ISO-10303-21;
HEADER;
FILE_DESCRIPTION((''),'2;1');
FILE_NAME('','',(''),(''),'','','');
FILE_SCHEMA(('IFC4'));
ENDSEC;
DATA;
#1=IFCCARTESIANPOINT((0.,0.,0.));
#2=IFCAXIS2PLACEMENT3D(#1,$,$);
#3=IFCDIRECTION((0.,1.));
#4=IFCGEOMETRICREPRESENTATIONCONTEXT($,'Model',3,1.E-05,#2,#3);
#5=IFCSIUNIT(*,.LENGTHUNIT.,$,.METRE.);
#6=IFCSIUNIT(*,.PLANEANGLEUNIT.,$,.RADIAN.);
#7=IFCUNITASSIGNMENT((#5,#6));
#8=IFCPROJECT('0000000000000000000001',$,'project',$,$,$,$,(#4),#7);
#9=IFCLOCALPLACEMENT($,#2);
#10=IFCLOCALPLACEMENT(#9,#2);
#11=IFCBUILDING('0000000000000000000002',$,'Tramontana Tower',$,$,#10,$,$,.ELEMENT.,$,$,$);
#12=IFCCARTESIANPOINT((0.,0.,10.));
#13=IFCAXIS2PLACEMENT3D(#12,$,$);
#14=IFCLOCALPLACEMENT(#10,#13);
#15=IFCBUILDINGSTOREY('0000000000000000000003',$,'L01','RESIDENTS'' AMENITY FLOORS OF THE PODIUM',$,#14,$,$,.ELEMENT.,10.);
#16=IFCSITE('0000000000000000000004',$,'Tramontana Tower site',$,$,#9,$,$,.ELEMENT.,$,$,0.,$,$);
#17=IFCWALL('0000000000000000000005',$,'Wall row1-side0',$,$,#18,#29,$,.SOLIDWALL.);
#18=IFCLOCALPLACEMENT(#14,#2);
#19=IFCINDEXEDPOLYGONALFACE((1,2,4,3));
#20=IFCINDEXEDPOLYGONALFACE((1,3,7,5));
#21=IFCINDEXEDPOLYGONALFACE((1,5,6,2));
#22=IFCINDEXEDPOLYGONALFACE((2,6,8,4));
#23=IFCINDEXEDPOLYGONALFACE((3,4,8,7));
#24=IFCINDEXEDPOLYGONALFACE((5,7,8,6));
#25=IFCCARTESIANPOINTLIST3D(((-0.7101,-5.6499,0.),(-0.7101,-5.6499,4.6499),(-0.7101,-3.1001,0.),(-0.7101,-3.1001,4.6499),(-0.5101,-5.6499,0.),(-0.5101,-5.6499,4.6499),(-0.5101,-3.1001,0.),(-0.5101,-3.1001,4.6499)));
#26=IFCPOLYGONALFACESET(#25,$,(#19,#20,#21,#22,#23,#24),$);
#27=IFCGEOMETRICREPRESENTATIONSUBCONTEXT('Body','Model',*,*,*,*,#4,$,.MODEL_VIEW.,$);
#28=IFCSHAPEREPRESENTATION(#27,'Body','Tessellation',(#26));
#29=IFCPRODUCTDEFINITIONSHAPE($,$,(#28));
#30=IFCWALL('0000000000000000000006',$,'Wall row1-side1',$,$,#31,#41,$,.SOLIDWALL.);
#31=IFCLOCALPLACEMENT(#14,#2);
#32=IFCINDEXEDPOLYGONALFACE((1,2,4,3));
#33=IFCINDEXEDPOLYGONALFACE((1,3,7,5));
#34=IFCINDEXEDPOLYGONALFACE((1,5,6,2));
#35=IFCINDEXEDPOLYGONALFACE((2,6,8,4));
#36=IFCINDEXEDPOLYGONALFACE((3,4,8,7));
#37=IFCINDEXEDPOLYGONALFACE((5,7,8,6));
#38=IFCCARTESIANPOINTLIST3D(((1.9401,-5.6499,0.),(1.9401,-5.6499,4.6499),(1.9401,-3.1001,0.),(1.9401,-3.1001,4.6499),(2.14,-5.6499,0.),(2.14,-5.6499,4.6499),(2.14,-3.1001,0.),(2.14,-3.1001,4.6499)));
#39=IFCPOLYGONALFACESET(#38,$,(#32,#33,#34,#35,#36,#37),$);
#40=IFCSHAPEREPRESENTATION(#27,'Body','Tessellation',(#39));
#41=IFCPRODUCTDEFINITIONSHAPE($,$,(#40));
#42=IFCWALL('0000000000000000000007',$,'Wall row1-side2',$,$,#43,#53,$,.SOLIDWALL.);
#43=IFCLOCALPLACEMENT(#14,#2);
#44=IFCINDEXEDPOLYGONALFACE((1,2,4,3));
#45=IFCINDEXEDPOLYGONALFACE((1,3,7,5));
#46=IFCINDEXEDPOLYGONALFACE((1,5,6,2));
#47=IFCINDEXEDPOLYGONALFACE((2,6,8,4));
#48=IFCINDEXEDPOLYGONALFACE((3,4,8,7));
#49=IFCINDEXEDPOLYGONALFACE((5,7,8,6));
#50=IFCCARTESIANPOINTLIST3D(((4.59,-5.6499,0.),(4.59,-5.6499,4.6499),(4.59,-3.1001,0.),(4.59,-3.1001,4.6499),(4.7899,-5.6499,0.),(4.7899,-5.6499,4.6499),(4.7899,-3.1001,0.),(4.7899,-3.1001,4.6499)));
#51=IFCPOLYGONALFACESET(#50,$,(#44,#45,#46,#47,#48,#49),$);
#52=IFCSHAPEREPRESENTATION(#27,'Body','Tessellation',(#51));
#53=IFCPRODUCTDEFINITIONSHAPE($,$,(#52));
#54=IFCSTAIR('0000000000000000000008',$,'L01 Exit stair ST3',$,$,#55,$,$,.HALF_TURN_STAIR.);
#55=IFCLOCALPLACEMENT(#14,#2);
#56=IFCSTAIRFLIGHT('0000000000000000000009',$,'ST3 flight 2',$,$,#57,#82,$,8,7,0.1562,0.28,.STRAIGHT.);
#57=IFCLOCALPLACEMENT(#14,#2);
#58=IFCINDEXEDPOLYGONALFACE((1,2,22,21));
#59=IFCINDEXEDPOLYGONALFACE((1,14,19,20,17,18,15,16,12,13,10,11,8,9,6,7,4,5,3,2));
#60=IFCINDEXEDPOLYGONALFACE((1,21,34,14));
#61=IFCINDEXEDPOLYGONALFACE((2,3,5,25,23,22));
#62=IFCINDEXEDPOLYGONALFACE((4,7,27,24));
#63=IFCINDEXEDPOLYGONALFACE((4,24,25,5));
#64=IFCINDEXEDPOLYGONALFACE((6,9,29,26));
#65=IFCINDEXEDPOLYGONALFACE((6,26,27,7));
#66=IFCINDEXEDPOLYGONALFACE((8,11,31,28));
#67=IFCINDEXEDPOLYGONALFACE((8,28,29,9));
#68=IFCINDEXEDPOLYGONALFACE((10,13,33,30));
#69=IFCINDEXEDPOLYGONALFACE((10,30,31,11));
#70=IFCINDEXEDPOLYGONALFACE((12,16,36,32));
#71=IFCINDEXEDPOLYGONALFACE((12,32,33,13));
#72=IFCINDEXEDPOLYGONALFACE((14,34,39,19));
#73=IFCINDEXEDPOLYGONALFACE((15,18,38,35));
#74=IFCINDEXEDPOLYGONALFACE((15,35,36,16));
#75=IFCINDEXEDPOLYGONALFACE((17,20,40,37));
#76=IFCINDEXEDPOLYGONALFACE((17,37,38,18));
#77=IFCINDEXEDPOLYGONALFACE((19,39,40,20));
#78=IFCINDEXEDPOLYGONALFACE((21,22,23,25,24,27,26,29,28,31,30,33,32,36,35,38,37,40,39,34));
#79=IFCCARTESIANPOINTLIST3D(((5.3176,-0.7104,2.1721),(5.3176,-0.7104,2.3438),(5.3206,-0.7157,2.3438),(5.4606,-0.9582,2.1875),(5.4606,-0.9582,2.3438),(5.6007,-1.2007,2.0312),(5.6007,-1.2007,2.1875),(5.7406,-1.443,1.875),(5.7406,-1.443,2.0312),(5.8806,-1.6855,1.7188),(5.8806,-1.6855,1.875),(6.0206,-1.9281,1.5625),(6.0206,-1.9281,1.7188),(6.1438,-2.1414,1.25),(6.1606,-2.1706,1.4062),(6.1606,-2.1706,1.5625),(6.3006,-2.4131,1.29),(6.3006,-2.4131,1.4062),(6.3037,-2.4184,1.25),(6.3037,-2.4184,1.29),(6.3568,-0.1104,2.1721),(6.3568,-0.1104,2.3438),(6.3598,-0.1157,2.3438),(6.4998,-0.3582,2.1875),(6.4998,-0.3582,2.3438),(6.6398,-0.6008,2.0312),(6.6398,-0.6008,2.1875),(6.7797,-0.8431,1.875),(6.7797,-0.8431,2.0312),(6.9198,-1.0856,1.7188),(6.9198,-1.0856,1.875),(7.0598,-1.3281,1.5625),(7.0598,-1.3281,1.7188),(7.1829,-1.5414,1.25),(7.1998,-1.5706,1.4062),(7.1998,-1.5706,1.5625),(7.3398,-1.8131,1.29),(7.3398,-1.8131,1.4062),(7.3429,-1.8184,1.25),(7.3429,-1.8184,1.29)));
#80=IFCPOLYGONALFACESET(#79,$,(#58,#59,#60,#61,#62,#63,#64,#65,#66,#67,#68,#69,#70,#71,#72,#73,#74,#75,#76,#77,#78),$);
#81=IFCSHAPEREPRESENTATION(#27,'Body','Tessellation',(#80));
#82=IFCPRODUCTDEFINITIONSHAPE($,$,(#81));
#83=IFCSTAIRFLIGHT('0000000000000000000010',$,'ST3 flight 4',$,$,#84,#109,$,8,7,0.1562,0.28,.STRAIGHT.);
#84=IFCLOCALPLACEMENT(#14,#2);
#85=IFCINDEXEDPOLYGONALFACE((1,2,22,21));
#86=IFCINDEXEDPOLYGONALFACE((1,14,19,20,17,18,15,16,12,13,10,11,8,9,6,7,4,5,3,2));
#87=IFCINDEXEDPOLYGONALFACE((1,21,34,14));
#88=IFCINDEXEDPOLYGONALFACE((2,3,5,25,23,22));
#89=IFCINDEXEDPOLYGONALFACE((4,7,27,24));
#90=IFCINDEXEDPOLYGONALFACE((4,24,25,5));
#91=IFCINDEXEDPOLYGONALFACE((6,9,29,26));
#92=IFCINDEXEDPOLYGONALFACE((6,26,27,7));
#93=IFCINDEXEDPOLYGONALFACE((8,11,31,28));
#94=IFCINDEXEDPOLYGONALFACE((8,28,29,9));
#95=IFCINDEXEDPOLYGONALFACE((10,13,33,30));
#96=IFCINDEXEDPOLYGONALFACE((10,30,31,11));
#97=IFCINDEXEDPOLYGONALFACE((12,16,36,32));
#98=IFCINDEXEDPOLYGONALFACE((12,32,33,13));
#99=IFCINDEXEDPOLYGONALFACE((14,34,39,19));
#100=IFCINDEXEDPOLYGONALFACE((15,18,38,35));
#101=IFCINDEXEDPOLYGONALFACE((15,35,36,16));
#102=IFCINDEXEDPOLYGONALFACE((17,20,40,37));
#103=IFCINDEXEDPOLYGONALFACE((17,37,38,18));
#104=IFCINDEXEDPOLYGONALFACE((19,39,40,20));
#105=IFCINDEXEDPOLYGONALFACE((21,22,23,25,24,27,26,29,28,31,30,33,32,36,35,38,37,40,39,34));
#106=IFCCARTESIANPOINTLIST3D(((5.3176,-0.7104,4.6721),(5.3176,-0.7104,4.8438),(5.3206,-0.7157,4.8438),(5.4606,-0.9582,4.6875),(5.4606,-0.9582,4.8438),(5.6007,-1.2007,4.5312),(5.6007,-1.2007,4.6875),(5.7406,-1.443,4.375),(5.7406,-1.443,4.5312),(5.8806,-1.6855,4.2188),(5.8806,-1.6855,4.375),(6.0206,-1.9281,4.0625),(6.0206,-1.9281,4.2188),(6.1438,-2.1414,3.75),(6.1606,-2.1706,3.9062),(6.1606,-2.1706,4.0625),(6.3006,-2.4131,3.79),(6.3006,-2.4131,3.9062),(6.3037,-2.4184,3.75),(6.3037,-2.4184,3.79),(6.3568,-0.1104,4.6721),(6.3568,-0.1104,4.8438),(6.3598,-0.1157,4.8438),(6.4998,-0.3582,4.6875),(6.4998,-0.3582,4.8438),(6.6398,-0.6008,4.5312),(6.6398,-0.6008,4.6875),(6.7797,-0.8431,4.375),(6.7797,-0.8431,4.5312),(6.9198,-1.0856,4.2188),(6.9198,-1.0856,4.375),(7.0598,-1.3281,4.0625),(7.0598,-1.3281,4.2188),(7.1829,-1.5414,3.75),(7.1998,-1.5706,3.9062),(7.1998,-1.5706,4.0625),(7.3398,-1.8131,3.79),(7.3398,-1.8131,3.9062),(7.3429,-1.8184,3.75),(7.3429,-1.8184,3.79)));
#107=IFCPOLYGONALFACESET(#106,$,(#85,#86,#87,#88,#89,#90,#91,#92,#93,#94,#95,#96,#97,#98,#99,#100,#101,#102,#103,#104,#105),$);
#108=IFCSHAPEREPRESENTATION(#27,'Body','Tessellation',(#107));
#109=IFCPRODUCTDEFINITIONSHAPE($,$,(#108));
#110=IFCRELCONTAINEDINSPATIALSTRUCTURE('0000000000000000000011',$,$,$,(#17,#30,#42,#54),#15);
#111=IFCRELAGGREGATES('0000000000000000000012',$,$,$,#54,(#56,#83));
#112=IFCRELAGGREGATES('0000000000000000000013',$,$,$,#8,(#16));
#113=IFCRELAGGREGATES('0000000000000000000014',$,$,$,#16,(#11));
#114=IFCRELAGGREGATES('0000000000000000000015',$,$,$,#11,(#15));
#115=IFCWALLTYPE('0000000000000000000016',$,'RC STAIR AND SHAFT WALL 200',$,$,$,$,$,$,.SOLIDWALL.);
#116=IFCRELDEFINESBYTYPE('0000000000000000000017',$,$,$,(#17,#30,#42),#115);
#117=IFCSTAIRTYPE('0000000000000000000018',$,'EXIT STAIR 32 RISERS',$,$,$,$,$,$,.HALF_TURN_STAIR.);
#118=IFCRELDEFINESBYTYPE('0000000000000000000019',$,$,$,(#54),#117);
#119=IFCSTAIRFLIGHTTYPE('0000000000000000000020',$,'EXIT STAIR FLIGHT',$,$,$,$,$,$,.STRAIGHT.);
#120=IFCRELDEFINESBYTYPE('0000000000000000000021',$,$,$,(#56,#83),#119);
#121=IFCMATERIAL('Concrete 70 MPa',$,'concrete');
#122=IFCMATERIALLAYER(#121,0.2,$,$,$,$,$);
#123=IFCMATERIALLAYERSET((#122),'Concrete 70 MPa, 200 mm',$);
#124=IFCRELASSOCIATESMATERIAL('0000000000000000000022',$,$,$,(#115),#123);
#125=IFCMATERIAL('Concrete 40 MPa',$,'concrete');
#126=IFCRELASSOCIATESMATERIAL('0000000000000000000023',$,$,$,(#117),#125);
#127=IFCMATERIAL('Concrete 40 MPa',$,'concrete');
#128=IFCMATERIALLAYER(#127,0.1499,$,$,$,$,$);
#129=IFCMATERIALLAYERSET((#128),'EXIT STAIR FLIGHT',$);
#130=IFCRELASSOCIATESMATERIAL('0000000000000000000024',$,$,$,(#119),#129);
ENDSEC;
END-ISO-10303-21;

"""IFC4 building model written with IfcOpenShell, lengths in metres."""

from ifc_helpers import new_model, si_unit, direction, frame, frame_2d, origin, place, context, subcontext, project, spatial, polyline, rectangle, outline, extrude, material, layer, layer_set, type_object, element, aggregate, save


model = new_model("IFC4")

# Units and contexts
model_context = context("Model", 3, precision=1e-05, world=origin(), true_north=direction((0.0, 1.0)))
body_context = subcontext(model_context, "Body", "Model", "MODEL_VIEW")
ifc_project = project(units=[si_unit("LENGTHUNIT", "METRE"), si_unit("PLANEANGLEUNIT", "RADIAN")], contexts=[model_context])

# Site, building, storey
site_placement = place(None, origin())
site = spatial("IfcSite", under=ifc_project, at=site_placement, Name="Tramontana Tower site", CompositionType="ELEMENT", RefElevation=0.0)
building_placement = place(site_placement, origin())
building = spatial("IfcBuilding", under=site, at=building_placement, Name="Tramontana Tower", CompositionType="ELEMENT")
storey_placement = place(building_placement, frame((0.0, 0.0, 10.0)))
storey = spatial("IfcBuildingStorey", under=building, at=storey_placement, Name="L01", Description="RESIDENTS' AMENITY FLOORS OF THE PODIUM", CompositionType="ELEMENT", Elevation=10.0)

# Shared definitions
ifc_material_1 = material(Name="Concrete 70 MPa", Category="concrete")
ifc_layer_1 = layer(ifc_material_1, 0.2)
ifc_layer_set_1 = layer_set([ifc_layer_1], Name="Concrete 70 MPa, 200 mm")
wall_type_1 = type_object("IfcWallType", Name="RC STAIR AND SHAFT WALL 200", PredefinedType="SOLIDWALL", material=ifc_layer_set_1)

# Walls
for number, where, z_axis, x_axis, name in (
    (1, (-0.6101, -3.1001, 0.0), (0.0, 0.0, 1.0), (0.0, -1.0, 0.0), "Wall row1-side0"),
    (2, (2.04, -3.1001, 0.0), (0.0, 0.0, 1.0), (0.0, -1.0, 0.0), "Wall row1-side1"),
    (3, (4.6899, -3.1001, 0.0), (0.0, 0.0, 1.0), (0.0, -1.0, 0.0), "Wall row1-side2"),
):
    element("IfcWall", number, at=place(storey_placement, frame(where, z_axis=z_axis, x_axis=x_axis)), inside=storey, type_object=wall_type_1, Name=name, PredefinedType="SOLIDWALL", context=body_context, shape_type="SweptSolid", body=[
        extrude(rectangle(XDim=2.5498, YDim=0.2, at=frame_2d((1.2749, 0.0))), origin(), (0.0, 0.0, 1.0), 4.6499),
    ])

# Stair, stair flights
ifc_material_2 = material(Name="Concrete 40 MPa", Category="concrete")
stair_type = type_object("IfcStairType", Name="EXIT STAIR 32 RISERS", PredefinedType="HALF_TURN_STAIR", material=ifc_material_2)
stair_placement = place(storey_placement, origin())
stair = element("IfcStair", 4, at=stair_placement, inside=storey, type_object=stair_type, Name="L01 Exit stair ST3", PredefinedType="HALF_TURN_STAIR")
ifc_material_3 = material(Name="Concrete 40 MPa", Category="concrete")
ifc_layer_2 = layer(ifc_material_3, 0.1499)
ifc_layer_set_2 = layer_set([ifc_layer_2], Name="EXIT STAIR FLIGHT")
stair_flight_type = type_object("IfcStairFlightType", Name="EXIT STAIR FLIGHT", PredefinedType="STRAIGHT", material=ifc_layer_set_2)
stair_flight_1_placement = place(storey_placement, frame((6.8203, -2.113, 1.25), z_axis=(0.0, 0.0, 1.0), x_axis=(-0.5, 0.866025, 0.0)))
stair_flight_1 = element("IfcStairFlight", 5, at=stair_flight_1_placement, type_object=stair_flight_type, Name="ST3 flight 2", NumberOfRisers=8, NumberOfTreads=7, PredefinedType="STRAIGHT", RiserHeight=0.1562, TreadLength=0.28, context=body_context, shape_type="SweptSolid", body=[
    extrude(outline(polyline([(-0.0061, 0.0), (-0.0061, 0.04), (0.0, 0.04), (0.0, 0.1562), (0.28, 0.1562), (0.28, 0.3125), (0.5601, 0.3125), (0.5601, 0.4688), (0.8401, 0.4688), (0.8401, 0.625), (1.1201, 0.625), (1.1201, 0.7812), (1.3999, 0.7812), (1.3999, 0.9375), (1.6799, 0.9375), (1.6799, 1.0938), (1.96, 1.0938), (1.9661, 1.0938), (1.9661, 0.9221), (0.3137, 0.0), (-0.0061, 0.0)])), frame((0.0, 0.6001, 0.0), z_axis=(0.0, -1.0, 0.0), x_axis=(1.0, 0.0, 0.0)), (0.0, 0.0, 1.0), 1.2),
])
stair_flight_2_placement = place(storey_placement, frame((6.8203, -2.113, 3.75), z_axis=(0.0, 0.0, 1.0), x_axis=(-0.5, 0.866025, 0.0)))
stair_flight_2 = element("IfcStairFlight", 6, at=stair_flight_2_placement, type_object=stair_flight_type, Name="ST3 flight 4", NumberOfRisers=8, NumberOfTreads=7, PredefinedType="STRAIGHT", RiserHeight=0.1562, TreadLength=0.28, context=body_context, shape_type="SweptSolid", body=[
    extrude(outline(polyline([(-0.0061, 0.0), (-0.0061, 0.04), (0.0, 0.04), (0.0, 0.1562), (0.28, 0.1562), (0.28, 0.3125), (0.5601, 0.3125), (0.5601, 0.4688), (0.8401, 0.4688), (0.8401, 0.625), (1.1201, 0.625), (1.1201, 0.7812), (1.3999, 0.7812), (1.3999, 0.9375), (1.6799, 0.9375), (1.6799, 1.0938), (1.96, 1.0938), (1.9661, 1.0938), (1.9661, 0.9221), (0.3137, 0.0), (-0.0061, 0.0)])), frame((0.0, 0.6001, 0.0), z_axis=(0.0, -1.0, 0.0), x_axis=(1.0, 0.0, 0.0)), (0.0, 0.0, 1.0), 1.2),
])
aggregate(stair, [stair_flight_1, stair_flight_2])

save(model, "model.ifc")
